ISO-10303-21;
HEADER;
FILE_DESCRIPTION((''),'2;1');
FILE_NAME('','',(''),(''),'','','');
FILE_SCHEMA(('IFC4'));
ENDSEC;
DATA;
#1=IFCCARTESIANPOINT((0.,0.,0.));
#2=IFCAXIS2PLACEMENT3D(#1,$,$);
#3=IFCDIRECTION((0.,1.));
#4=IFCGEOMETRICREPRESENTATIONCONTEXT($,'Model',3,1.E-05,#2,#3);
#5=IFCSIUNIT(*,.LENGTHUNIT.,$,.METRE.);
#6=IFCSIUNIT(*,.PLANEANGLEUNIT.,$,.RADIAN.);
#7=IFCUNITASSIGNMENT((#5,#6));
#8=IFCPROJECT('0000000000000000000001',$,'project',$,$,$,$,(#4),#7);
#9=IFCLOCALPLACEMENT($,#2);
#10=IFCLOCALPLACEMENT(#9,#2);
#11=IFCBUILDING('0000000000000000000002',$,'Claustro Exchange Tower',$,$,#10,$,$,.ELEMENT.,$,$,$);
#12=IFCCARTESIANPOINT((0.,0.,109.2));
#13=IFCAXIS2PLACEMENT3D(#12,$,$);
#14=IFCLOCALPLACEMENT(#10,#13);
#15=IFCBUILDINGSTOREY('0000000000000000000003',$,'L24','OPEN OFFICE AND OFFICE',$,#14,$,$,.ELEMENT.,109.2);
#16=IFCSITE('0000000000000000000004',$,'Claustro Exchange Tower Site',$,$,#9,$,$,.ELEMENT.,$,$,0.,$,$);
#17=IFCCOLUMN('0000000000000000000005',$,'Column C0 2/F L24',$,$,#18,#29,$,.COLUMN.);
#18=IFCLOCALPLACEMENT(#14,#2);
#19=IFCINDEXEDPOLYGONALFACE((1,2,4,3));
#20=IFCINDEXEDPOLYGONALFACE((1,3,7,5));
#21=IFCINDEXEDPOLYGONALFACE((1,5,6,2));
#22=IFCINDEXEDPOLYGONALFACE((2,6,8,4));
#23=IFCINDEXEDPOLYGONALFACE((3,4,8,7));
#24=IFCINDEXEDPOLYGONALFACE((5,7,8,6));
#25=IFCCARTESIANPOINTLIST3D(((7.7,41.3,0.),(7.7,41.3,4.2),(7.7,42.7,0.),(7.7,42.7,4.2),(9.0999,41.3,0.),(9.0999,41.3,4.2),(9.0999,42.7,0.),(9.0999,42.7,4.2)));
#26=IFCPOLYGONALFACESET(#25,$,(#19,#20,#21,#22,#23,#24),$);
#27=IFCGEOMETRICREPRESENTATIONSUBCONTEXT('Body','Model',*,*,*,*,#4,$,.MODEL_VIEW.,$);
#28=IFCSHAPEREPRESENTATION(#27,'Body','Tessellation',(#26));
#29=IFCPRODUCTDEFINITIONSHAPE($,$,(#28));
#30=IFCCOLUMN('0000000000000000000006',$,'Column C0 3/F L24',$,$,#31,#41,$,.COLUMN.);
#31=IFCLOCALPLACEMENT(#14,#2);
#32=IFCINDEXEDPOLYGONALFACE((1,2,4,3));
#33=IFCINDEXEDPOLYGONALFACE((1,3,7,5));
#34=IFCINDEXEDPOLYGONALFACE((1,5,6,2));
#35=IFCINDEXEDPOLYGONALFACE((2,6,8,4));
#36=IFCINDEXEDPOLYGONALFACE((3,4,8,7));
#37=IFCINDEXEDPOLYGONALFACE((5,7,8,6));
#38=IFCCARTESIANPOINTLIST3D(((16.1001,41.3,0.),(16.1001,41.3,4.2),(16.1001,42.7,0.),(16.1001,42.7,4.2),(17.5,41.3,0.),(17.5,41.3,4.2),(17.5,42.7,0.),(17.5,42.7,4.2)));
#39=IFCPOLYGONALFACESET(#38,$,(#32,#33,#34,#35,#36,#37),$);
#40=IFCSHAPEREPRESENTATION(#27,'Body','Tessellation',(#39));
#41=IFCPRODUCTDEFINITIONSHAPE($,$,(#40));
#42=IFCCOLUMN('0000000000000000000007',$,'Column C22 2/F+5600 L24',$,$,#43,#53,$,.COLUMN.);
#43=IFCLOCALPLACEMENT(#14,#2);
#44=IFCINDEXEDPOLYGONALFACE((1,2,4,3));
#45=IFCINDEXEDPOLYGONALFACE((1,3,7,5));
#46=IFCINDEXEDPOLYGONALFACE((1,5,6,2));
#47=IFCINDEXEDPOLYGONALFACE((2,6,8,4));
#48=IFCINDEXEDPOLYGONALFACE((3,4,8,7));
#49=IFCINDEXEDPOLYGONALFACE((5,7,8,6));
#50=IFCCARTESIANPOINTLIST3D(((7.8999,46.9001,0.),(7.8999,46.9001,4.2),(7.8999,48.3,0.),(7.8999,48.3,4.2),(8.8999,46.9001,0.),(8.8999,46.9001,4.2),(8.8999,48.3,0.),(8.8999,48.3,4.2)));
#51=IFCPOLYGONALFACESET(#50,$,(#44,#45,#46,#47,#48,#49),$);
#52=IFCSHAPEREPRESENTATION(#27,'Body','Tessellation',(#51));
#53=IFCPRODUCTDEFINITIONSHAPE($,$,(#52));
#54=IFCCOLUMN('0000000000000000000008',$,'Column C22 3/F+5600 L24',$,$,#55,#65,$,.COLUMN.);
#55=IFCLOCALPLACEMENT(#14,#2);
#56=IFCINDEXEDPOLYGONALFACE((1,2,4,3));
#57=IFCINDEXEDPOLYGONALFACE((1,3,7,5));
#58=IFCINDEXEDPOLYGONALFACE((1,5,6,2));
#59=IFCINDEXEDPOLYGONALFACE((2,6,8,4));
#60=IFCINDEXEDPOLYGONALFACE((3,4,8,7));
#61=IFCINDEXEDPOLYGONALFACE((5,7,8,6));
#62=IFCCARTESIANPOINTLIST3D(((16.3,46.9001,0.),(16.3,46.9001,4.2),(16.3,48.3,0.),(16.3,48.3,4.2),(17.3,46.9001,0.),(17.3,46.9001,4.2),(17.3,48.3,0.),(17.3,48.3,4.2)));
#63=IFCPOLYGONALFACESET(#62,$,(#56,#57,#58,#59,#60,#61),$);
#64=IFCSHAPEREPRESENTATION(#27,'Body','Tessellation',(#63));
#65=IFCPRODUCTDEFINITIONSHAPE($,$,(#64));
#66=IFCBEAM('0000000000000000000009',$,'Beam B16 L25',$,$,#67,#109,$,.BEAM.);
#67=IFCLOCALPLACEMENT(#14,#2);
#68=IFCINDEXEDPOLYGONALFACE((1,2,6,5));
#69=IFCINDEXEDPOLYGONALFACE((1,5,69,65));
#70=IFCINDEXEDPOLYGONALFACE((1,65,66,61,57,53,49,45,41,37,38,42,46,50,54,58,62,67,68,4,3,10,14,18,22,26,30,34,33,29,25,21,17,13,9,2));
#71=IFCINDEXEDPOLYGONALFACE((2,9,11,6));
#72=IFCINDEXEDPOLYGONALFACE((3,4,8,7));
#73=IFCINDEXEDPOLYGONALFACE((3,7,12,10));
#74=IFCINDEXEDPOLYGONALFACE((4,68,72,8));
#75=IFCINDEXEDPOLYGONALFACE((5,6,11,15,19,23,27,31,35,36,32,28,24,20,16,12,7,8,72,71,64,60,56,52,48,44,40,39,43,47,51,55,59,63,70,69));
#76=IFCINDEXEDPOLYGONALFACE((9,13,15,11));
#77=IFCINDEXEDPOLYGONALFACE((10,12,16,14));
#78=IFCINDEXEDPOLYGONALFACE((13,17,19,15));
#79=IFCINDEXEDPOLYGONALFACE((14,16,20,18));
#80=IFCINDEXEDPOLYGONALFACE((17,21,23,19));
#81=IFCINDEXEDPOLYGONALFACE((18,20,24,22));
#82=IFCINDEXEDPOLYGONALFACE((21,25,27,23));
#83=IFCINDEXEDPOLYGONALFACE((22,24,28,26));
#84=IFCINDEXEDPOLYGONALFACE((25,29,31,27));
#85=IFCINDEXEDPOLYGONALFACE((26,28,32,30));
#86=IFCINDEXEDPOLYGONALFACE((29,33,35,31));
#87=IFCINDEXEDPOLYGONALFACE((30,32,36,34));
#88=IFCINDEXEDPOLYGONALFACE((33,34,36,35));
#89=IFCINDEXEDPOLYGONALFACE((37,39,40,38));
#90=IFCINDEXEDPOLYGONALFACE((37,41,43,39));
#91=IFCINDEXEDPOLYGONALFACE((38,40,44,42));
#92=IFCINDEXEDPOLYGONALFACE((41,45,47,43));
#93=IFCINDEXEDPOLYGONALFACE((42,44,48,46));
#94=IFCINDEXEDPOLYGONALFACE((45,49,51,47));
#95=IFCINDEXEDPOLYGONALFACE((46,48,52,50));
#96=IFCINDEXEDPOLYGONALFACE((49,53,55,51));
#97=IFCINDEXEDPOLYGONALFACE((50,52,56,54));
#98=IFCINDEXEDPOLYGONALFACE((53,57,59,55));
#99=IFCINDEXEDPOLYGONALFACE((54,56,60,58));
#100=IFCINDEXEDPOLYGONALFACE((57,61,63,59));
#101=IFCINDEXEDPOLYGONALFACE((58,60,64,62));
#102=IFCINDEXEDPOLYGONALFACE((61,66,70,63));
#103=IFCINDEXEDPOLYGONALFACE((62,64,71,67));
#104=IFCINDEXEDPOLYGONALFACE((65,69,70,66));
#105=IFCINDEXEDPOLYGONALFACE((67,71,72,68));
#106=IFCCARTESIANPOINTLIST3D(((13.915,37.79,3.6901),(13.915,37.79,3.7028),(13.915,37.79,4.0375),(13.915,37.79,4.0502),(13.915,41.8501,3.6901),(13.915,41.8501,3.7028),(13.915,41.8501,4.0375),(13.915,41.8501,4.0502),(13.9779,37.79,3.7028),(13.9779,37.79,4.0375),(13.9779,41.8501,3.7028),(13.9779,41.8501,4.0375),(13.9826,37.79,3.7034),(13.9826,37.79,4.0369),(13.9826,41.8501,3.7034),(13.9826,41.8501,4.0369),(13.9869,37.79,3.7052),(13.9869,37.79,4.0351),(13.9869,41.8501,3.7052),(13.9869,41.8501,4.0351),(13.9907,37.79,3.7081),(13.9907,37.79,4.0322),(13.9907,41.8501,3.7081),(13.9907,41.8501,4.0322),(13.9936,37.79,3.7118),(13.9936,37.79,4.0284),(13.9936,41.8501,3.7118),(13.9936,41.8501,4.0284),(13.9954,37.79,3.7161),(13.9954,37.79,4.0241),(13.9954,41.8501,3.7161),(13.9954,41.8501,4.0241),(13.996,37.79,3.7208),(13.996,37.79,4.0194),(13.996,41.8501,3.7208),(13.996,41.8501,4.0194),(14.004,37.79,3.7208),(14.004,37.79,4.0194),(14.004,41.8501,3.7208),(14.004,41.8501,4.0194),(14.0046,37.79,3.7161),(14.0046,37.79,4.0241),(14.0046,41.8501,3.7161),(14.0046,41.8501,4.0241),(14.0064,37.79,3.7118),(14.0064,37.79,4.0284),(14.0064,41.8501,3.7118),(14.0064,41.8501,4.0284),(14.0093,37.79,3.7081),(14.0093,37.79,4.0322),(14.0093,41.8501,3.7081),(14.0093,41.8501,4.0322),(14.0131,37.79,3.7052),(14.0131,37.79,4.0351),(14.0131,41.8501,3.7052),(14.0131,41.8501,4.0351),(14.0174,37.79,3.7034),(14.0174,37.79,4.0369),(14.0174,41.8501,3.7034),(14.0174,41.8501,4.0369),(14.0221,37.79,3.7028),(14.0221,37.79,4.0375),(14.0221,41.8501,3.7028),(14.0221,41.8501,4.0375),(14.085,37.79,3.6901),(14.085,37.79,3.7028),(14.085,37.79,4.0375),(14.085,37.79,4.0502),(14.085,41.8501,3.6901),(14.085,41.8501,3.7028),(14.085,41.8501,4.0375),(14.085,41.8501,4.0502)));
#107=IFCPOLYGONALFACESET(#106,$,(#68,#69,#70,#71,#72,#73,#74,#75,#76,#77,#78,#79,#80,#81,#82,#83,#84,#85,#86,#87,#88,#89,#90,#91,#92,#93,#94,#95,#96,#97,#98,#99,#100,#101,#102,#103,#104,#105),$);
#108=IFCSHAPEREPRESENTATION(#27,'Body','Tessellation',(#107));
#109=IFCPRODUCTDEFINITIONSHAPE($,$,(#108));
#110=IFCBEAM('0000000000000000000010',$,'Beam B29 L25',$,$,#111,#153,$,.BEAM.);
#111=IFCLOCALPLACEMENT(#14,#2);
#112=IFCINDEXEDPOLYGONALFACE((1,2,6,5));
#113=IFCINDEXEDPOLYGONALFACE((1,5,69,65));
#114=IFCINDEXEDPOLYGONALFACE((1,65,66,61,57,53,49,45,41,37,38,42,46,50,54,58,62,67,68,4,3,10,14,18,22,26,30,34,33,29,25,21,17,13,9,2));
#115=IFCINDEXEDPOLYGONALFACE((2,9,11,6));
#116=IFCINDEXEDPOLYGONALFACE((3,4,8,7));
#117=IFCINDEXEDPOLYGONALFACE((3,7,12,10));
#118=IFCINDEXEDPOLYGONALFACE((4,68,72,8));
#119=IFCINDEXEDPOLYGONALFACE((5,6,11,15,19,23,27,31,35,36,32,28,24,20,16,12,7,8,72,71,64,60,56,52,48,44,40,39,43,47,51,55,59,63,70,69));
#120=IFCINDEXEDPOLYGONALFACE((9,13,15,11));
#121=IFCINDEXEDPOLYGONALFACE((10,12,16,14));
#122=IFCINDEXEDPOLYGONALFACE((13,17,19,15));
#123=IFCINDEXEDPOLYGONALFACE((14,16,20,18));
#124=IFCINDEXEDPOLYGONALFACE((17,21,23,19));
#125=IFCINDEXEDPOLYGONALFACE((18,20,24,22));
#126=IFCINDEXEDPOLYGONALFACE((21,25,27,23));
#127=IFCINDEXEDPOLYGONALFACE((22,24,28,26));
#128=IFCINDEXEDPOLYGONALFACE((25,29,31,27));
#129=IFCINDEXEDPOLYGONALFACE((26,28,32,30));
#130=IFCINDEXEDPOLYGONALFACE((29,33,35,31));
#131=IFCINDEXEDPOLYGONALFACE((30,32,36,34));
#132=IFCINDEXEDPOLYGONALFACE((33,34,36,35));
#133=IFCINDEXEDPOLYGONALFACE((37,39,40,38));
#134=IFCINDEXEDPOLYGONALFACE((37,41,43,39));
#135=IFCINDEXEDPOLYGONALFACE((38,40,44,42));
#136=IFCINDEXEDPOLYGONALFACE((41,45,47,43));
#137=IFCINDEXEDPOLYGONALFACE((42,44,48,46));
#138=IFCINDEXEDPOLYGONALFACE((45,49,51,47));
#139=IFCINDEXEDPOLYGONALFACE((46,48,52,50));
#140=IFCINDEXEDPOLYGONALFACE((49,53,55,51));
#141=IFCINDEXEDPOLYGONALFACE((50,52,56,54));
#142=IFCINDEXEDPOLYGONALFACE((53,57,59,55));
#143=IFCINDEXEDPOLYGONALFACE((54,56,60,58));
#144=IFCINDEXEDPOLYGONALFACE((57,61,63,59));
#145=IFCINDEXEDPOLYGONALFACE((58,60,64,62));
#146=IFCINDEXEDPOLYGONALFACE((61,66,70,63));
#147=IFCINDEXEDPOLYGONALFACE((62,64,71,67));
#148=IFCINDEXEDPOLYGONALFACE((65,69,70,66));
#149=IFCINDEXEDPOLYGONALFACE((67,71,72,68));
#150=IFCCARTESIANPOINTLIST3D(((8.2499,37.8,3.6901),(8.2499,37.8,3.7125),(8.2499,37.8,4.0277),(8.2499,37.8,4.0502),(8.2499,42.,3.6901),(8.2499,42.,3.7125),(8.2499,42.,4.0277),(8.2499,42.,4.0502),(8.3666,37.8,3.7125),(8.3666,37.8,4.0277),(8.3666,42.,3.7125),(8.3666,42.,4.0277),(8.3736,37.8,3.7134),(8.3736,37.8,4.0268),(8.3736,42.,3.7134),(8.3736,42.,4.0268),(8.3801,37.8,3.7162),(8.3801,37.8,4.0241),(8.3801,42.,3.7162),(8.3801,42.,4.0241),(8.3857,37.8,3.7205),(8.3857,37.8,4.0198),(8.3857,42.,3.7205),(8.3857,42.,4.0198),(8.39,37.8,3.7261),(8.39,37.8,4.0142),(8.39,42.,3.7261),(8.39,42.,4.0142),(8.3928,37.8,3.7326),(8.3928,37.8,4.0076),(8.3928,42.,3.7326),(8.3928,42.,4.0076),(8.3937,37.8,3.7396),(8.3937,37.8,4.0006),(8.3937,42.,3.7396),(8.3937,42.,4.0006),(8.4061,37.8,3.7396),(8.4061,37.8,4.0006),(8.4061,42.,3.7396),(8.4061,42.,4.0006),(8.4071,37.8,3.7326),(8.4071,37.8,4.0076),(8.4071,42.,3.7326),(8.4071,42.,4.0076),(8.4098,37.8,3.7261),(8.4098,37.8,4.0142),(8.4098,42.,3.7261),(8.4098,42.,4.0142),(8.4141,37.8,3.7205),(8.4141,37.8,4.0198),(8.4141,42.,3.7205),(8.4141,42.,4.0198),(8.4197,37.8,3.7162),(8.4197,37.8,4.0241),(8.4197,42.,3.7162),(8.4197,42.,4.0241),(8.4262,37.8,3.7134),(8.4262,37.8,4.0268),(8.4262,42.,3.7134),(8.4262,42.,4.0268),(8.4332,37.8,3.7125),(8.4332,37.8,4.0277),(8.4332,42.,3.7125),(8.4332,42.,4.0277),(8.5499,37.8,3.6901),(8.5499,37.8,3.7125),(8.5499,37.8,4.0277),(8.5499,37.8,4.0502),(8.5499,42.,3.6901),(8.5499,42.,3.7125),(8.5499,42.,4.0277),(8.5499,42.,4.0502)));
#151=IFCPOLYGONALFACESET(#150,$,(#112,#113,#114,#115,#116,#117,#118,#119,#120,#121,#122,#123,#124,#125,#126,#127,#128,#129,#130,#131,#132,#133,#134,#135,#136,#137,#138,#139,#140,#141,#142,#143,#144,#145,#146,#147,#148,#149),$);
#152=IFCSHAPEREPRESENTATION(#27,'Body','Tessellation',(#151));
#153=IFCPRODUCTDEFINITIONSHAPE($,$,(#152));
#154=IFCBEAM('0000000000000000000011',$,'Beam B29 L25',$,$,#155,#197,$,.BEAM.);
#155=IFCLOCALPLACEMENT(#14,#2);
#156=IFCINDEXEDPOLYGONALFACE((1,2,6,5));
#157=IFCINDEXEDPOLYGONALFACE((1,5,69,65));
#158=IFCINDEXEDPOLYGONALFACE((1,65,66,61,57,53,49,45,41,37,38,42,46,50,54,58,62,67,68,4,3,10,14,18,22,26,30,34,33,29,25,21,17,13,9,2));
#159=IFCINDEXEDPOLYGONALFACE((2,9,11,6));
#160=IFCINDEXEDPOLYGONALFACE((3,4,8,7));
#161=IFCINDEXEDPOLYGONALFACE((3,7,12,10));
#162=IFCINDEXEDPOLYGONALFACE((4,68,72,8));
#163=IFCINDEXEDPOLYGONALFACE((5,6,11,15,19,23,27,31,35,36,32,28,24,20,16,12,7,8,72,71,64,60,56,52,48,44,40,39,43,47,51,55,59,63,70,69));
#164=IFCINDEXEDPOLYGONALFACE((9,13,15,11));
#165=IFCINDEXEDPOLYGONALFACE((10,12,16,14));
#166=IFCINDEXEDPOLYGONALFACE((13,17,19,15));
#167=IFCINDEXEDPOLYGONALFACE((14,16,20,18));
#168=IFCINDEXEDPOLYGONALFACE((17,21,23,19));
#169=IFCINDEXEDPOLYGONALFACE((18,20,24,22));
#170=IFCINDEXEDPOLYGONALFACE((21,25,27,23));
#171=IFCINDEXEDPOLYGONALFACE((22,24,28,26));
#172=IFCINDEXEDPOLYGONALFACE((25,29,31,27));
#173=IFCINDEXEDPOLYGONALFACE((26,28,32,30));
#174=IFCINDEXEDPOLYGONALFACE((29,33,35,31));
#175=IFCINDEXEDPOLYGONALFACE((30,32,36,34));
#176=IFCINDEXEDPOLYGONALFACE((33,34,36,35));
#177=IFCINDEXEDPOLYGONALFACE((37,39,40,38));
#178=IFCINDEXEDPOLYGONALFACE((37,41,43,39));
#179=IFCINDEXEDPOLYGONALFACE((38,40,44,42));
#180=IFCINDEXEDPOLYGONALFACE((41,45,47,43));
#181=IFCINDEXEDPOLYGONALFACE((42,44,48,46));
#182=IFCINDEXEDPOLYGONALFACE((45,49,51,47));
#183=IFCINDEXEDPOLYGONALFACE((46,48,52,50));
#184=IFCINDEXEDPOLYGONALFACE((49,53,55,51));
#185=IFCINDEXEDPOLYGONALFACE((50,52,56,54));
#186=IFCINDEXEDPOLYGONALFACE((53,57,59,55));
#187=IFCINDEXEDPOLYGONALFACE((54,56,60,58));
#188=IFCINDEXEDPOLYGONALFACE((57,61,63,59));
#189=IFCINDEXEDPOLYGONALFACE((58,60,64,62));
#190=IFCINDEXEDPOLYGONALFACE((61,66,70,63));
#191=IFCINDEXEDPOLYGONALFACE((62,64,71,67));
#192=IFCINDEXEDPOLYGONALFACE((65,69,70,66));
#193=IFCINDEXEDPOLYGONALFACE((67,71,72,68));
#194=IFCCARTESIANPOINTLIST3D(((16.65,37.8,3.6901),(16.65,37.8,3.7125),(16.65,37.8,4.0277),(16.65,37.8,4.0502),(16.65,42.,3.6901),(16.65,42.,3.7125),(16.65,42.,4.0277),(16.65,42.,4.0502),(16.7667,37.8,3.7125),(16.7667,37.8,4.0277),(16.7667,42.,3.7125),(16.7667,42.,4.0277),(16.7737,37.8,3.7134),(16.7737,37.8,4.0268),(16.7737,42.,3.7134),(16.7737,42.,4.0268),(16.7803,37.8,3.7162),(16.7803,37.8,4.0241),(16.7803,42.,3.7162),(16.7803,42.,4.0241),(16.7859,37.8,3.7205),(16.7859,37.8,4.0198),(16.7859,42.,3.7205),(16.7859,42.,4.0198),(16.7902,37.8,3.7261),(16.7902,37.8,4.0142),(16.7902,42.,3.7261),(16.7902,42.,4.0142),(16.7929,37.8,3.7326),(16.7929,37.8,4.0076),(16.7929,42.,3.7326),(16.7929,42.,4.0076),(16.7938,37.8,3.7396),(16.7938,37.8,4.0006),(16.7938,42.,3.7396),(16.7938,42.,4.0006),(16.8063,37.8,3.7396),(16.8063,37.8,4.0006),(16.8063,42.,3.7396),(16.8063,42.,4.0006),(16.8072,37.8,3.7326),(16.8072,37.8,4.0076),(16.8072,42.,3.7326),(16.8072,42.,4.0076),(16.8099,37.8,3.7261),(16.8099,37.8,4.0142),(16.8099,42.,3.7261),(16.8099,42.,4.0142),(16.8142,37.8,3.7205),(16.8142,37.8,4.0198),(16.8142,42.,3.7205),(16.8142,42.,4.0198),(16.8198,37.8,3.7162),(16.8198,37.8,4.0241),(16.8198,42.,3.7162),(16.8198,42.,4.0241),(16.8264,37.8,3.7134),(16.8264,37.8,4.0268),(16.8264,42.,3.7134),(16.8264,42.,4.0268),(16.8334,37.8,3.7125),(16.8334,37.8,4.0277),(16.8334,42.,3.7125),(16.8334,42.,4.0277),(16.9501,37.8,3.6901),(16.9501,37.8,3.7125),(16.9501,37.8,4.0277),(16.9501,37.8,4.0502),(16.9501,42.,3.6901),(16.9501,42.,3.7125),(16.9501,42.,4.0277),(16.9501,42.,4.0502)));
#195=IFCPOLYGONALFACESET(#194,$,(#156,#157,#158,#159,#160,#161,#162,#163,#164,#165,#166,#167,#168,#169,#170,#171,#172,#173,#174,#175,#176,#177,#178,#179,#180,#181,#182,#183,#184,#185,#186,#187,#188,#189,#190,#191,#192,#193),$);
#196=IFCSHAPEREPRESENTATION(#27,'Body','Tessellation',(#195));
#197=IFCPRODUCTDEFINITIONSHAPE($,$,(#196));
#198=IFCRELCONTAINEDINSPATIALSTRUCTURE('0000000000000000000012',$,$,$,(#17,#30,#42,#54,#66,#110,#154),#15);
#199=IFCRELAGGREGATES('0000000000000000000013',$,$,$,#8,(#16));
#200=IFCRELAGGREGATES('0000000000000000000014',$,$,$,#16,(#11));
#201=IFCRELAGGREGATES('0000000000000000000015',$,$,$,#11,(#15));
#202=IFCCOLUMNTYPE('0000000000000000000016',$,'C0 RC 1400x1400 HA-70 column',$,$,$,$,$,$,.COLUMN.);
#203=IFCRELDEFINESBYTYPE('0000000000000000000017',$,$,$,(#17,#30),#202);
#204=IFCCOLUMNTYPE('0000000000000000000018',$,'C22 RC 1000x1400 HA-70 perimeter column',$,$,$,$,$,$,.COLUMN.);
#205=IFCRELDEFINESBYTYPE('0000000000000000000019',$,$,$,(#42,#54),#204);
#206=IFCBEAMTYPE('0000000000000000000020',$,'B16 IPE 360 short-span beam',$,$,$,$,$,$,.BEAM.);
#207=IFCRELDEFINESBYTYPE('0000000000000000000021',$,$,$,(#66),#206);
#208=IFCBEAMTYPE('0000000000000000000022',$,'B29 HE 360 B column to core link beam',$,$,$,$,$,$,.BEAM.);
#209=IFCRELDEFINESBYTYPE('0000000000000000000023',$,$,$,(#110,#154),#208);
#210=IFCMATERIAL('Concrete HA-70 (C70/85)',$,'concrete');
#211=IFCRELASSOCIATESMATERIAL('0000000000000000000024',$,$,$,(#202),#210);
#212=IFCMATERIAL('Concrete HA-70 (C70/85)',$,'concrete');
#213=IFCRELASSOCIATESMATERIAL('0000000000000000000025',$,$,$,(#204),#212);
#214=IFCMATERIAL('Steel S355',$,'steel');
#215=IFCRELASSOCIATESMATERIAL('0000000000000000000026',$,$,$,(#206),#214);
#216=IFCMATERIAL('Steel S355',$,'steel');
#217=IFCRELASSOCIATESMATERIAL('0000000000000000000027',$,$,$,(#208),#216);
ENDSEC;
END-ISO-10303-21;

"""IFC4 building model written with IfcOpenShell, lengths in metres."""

from ifc_helpers import new_model, si_unit, direction, frame, origin, origin_2d, place, context, subcontext, project, spatial, rectangle, i_section, extrude, material, material_profile, profile_set, type_object, element, save


model = new_model("IFC4")

# Units and contexts
model_context = context("Model", 3, precision=1e-05, world=origin(), true_north=direction((0.0, 1.0)))
body_context = subcontext(model_context, "Body", "Model", "MODEL_VIEW")
ifc_project = project(units=[si_unit("LENGTHUNIT", "METRE"), si_unit("PLANEANGLEUNIT", "RADIAN")], contexts=[model_context])

# Site, building, storey
site_placement = place(None, origin())
site = spatial("IfcSite", under=ifc_project, at=site_placement, Name="Claustro Exchange Tower Site", CompositionType="ELEMENT", RefElevation=0.0)
building_placement = place(site_placement, origin())
building = spatial("IfcBuilding", under=site, at=building_placement, Name="Claustro Exchange Tower", CompositionType="ELEMENT")
storey_placement = place(building_placement, frame((0.0, 0.0, 109.2)))
storey = spatial("IfcBuildingStorey", under=building, at=storey_placement, Name="L24", Description="OPEN OFFICE AND OFFICE", CompositionType="ELEMENT", Elevation=109.2)

# Columns
ifc_material_1 = material(Name="Concrete HA-70 (C70/85)", Category="concrete")
ifc_material_profile_1 = material_profile(ifc_material_1, rectangle(XDim=1.3999, YDim=1.3999, at=origin_2d()), Name="RC 1400x1400")
ifc_profile_set_1 = profile_set([ifc_material_profile_1], Name="Concrete HA-70 (C70/85)")
column_type_1 = type_object("IfcColumnType", Name="C0 RC 1400x1400 HA-70 column", PredefinedType="COLUMN", material=ifc_profile_set_1)
for number, where, z_axis, x_axis, name in (
    (1, (8.3999, 42.0, 0.0), (0.0, 0.0, 1.0), (1.0, 0.0, 0.0), "Column C0 2/F L24"),
    (2, (16.8, 42.0, 0.0), (0.0, 0.0, 1.0), (1.0, 0.0, 0.0), "Column C0 3/F L24"),
):
    element("IfcColumn", number, at=place(storey_placement, frame(where, z_axis=z_axis, x_axis=x_axis)), inside=storey, type_object=column_type_1, Name=name, PredefinedType="COLUMN", context=body_context, shape_type="SweptSolid", body=[
        extrude(rectangle(XDim=1.3999, YDim=1.3999, at=origin_2d()), origin(), (0.0, 0.0, 1.0), 4.2),
    ])
ifc_material_2 = material(Name="Concrete HA-70 (C70/85)", Category="concrete")
ifc_material_profile_2 = material_profile(ifc_material_2, rectangle(XDim=1.0, YDim=1.3999, at=origin_2d()), Name="RC 1000x1400")
ifc_profile_set_2 = profile_set([ifc_material_profile_2], Name="Concrete HA-70 (C70/85)")
column_type_2 = type_object("IfcColumnType", Name="C22 RC 1000x1400 HA-70 perimeter column", PredefinedType="COLUMN", material=ifc_profile_set_2)
for number, where, z_axis, x_axis, name in (
    (3, (8.3999, 47.6001, 0.0), (0.0, 0.0, 1.0), (1.0, 0.0, 0.0), "Column C22 2/F+5600 L24"),
    (4, (16.8, 47.6001, 0.0), (0.0, 0.0, 1.0), (1.0, 0.0, 0.0), "Column C22 3/F+5600 L24"),
):
    element("IfcColumn", number, at=place(storey_placement, frame(where, z_axis=z_axis, x_axis=x_axis)), inside=storey, type_object=column_type_2, Name=name, PredefinedType="COLUMN", context=body_context, shape_type="SweptSolid", body=[
        extrude(rectangle(XDim=1.0, YDim=1.3999, at=origin_2d()), origin(), (0.0, 0.0, 1.0), 4.2),
    ])

# Beams
ifc_material_3 = material(Name="Steel S355", Category="steel")
ifc_material_profile_3 = material_profile(ifc_material_3, i_section(OverallWidth=0.1699, OverallDepth=0.3601, WebThickness=0.0081, FlangeThickness=0.0127, FilletRadius=0.0181, at=origin_2d()), Name="IPE 360")
ifc_profile_set_3 = profile_set([ifc_material_profile_3], Name="Steel S355")
beam_type_1 = type_object("IfcBeamType", Name="B16 IPE 360 short-span beam", PredefinedType="BEAM", material=ifc_profile_set_3)
beam_1_placement = place(storey_placement, frame((14.0, 37.79, 3.8701), z_axis=(0.0, 1.0, 0.0), x_axis=(-1.0, 0.0, 0.0)))
element("IfcBeam", 5, at=beam_1_placement, inside=storey, type_object=beam_type_1, Name="Beam B16 L25", PredefinedType="BEAM", context=body_context, shape_type="SweptSolid", body=[
    extrude(i_section(OverallWidth=0.1699, OverallDepth=0.3601, WebThickness=0.0081, FlangeThickness=0.0127, FilletRadius=0.0181, at=origin_2d()), origin(), (0.0, 0.0, 1.0), 4.0601),
])
ifc_material_4 = material(Name="Steel S355", Category="steel")
ifc_material_profile_4 = material_profile(ifc_material_4, i_section(OverallWidth=0.3, OverallDepth=0.3601, WebThickness=0.0125, FlangeThickness=0.0225, FilletRadius=0.0271, at=origin_2d()), Name="HE 360 B")
ifc_profile_set_4 = profile_set([ifc_material_profile_4], Name="Steel S355")
beam_type_2 = type_object("IfcBeamType", Name="B29 HE 360 B column to core link beam", PredefinedType="BEAM", material=ifc_profile_set_4)
for number, where, z_axis, x_axis, name in (
    (6, (8.3999, 37.8, 3.8701), (0.0, 1.0, 0.0), (-1.0, 0.0, 0.0), "Beam B29 L25"),
    (7, (16.8, 37.8, 3.8701), (0.0, 1.0, 0.0), (-1.0, 0.0, 0.0), "Beam B29 L25"),
):
    element("IfcBeam", number, at=place(storey_placement, frame(where, z_axis=z_axis, x_axis=x_axis)), inside=storey, type_object=beam_type_2, Name=name, PredefinedType="BEAM", context=body_context, shape_type="SweptSolid", body=[
        extrude(i_section(OverallWidth=0.3, OverallDepth=0.3601, WebThickness=0.0125, FlangeThickness=0.0225, FilletRadius=0.0271, at=origin_2d()), origin(), (0.0, 0.0, 1.0), 4.2),
    ])

save(model, "model.ifc")
